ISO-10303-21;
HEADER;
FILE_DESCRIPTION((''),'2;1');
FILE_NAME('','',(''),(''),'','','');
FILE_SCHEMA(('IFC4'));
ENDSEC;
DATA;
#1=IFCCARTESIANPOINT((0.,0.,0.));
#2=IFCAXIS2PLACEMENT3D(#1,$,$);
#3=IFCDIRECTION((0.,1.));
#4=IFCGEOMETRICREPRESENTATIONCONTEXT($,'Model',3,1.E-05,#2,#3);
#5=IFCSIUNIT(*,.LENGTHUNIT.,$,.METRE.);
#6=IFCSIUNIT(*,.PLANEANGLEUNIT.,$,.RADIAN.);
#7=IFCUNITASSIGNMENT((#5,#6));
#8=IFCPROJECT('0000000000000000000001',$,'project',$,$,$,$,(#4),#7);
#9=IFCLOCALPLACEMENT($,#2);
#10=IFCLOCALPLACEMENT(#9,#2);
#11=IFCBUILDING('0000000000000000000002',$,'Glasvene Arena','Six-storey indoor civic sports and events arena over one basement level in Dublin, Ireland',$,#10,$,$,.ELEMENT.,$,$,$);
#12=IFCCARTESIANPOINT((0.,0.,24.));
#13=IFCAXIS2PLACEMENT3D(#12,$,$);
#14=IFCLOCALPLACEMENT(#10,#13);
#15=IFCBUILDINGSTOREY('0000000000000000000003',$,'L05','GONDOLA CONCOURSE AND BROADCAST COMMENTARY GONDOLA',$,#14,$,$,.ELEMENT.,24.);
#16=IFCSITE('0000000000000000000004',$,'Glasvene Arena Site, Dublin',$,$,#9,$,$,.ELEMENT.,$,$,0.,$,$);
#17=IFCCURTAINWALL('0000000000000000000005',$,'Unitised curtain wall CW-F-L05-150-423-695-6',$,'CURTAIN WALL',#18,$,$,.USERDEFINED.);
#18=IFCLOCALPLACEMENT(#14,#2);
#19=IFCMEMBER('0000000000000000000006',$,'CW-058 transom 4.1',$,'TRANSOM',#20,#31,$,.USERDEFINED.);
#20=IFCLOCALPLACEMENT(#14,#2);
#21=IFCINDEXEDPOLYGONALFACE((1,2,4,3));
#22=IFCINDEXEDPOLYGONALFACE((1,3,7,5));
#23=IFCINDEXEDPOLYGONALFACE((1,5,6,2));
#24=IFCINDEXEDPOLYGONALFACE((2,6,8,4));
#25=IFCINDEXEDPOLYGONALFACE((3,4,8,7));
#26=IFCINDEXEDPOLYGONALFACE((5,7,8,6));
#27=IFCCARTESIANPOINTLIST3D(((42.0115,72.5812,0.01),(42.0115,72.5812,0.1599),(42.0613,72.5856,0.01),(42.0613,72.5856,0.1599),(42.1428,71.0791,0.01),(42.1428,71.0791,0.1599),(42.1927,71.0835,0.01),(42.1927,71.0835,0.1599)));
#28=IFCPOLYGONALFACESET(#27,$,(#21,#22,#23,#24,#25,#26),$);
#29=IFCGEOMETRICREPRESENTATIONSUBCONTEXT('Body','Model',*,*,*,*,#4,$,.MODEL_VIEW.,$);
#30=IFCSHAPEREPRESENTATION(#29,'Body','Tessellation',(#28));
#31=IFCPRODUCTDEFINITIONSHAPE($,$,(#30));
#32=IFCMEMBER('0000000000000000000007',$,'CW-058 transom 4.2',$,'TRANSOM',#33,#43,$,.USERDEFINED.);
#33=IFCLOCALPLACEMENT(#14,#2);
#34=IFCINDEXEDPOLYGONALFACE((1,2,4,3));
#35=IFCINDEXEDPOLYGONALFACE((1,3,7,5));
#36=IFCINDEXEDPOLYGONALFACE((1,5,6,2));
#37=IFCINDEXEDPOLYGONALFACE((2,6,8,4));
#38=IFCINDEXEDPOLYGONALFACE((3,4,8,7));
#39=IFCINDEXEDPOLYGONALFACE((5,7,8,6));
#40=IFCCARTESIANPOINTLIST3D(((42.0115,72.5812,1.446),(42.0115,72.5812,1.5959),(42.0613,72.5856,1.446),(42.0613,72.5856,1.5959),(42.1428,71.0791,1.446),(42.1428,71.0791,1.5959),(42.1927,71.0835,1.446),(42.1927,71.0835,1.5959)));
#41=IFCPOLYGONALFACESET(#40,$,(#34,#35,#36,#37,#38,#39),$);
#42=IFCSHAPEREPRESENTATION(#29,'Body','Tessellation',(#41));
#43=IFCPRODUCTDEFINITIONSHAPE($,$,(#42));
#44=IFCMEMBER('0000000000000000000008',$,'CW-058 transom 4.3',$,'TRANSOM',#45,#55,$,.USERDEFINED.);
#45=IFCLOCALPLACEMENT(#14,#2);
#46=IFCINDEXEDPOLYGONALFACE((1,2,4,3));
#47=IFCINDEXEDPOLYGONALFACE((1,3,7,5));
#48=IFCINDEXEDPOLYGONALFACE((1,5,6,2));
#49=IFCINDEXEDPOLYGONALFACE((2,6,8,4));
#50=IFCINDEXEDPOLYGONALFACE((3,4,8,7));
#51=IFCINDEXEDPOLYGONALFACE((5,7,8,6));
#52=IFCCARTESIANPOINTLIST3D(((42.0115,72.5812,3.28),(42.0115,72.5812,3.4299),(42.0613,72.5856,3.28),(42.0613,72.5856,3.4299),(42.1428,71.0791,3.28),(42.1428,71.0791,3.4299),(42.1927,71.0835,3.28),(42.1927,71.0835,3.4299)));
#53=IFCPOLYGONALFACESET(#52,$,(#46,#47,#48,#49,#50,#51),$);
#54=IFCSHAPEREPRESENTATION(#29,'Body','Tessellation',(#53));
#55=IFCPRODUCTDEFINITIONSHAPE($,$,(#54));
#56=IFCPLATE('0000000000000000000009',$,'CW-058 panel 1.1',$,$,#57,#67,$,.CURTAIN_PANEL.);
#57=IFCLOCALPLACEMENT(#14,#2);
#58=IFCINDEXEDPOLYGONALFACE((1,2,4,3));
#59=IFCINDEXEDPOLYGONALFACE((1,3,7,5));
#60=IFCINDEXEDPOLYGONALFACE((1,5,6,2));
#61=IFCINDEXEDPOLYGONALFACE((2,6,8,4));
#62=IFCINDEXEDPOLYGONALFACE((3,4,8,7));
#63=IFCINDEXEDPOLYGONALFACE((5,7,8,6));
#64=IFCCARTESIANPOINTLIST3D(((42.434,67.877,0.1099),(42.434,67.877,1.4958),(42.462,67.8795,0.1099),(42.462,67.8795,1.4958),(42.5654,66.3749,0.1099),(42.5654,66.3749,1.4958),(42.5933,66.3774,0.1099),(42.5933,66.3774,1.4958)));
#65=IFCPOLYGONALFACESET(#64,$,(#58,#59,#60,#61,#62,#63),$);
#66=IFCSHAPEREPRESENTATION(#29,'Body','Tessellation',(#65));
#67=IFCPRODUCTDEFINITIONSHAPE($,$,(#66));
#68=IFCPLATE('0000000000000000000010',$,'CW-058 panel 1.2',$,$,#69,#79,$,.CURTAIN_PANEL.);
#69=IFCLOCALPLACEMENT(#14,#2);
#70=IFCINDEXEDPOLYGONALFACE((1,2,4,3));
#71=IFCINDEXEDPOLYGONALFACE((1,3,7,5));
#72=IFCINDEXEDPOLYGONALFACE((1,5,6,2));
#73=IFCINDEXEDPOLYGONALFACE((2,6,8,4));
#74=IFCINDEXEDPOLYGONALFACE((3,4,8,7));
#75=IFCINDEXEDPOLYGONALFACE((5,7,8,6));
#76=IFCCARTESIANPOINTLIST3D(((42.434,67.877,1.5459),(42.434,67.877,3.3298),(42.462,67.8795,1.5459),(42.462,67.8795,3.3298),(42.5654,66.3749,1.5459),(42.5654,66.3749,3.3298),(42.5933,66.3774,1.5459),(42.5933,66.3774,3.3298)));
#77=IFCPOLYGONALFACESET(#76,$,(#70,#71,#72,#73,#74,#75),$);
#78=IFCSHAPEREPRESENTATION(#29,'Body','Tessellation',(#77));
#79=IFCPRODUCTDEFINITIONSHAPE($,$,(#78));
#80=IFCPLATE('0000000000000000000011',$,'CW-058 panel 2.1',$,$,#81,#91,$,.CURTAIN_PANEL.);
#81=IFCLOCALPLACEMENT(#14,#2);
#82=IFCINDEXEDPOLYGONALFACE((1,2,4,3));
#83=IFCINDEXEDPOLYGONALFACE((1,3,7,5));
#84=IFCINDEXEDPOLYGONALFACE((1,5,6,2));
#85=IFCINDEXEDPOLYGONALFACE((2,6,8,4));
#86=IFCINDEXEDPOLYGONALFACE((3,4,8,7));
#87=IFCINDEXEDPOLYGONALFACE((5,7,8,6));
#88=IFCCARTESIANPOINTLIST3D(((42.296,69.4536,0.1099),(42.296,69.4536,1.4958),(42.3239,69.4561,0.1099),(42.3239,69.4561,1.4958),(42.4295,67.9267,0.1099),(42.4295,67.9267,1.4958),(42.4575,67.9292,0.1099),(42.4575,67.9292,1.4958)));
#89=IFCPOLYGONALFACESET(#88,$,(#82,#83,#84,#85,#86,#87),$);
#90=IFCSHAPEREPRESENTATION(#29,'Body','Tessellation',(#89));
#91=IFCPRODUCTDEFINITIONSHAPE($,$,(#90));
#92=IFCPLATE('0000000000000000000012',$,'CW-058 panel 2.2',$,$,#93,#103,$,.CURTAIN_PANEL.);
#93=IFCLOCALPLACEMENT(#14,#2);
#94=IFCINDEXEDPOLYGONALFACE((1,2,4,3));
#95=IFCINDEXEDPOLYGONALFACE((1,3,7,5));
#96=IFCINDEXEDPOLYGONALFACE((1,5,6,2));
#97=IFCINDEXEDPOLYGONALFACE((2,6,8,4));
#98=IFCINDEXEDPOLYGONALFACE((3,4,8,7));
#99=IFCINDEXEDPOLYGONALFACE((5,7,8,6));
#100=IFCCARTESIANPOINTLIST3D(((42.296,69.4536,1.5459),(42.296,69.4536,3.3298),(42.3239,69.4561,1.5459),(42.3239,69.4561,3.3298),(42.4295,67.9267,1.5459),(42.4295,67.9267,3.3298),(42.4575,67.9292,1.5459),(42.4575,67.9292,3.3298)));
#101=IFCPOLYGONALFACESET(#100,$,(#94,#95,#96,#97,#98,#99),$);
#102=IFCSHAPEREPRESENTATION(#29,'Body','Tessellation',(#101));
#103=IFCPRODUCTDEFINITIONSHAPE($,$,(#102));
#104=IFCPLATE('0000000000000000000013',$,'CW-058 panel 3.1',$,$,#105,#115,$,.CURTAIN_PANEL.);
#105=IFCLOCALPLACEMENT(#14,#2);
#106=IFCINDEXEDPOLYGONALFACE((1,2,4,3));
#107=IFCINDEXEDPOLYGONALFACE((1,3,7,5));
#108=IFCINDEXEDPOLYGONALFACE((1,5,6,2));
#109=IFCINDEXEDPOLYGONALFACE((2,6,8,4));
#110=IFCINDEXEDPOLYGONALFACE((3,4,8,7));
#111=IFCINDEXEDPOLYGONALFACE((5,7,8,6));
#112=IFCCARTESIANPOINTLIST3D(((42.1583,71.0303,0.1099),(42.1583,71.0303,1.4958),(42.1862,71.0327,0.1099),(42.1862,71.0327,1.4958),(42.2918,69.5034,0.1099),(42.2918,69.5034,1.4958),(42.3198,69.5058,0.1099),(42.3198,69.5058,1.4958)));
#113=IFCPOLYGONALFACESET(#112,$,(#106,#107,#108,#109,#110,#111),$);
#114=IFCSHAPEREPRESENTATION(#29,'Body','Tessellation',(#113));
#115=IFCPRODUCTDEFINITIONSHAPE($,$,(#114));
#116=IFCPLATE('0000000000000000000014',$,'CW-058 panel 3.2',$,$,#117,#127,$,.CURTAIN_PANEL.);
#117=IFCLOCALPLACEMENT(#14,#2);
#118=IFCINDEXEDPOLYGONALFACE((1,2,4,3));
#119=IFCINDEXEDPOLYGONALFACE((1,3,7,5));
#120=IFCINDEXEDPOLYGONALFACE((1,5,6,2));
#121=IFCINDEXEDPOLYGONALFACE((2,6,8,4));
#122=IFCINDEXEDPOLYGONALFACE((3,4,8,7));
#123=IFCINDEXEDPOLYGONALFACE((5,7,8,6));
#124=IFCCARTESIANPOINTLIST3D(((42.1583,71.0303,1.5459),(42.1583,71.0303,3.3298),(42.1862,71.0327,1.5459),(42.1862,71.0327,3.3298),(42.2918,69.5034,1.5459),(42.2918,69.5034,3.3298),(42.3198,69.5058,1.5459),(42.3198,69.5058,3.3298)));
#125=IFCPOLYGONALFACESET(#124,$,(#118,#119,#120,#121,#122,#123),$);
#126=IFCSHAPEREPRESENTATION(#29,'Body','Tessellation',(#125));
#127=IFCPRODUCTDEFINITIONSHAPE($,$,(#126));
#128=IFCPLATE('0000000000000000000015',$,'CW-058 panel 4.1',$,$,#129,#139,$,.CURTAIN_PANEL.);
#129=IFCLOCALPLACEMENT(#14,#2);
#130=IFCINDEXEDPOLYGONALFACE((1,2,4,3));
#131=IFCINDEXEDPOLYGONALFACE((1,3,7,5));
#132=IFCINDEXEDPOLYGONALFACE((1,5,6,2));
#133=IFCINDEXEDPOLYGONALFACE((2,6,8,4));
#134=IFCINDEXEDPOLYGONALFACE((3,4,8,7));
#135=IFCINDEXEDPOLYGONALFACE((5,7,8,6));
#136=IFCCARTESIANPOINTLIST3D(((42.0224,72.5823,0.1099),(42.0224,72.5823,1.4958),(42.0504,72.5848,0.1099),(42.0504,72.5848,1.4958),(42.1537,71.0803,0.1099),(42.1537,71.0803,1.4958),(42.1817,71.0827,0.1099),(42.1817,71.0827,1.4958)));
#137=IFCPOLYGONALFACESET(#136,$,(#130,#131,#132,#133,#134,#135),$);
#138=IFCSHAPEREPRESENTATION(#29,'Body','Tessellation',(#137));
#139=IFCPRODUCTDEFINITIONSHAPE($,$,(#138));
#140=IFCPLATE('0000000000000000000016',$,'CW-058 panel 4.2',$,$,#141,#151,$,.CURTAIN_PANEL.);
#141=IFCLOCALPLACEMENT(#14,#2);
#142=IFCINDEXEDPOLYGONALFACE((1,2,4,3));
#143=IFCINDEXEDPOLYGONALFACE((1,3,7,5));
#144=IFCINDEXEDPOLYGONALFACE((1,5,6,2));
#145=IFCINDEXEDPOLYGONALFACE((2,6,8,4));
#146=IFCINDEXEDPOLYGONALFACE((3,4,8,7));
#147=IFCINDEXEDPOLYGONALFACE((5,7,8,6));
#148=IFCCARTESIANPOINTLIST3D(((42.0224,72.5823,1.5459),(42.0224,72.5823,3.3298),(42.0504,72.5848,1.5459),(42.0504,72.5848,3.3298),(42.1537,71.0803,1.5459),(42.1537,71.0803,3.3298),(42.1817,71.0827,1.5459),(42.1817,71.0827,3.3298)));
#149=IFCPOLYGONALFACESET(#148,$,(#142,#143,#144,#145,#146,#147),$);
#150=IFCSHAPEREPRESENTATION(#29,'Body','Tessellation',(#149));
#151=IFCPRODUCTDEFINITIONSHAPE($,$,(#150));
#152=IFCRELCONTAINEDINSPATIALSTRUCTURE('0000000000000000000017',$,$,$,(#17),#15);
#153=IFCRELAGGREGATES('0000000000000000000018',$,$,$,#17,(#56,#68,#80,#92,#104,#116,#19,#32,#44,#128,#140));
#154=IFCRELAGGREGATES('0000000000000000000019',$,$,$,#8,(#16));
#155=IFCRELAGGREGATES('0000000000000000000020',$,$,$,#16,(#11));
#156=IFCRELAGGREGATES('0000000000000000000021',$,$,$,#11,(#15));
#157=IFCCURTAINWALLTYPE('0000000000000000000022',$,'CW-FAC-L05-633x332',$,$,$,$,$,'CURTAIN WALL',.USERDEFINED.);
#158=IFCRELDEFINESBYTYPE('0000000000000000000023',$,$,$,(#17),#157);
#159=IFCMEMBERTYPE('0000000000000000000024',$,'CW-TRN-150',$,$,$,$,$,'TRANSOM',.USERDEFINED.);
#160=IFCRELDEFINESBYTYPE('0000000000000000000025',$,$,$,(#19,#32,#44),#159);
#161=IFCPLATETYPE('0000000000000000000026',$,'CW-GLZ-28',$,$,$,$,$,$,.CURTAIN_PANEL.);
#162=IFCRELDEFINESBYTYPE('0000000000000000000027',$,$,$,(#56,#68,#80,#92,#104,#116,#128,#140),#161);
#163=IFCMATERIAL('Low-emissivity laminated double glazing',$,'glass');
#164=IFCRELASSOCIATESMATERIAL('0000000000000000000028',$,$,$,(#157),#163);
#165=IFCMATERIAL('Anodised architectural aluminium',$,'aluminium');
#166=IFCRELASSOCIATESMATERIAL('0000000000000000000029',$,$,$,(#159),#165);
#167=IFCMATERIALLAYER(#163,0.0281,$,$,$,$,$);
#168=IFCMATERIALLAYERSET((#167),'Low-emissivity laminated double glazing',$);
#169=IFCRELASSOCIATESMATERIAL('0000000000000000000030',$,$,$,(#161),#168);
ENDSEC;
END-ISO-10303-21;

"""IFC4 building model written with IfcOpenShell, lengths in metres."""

from ifc_helpers import new_model, si_unit, direction, frame, origin, origin_2d, place, context, subcontext, project, spatial, rectangle, extrude, material, layer, layer_set, material_profile, profile_set, type_object, element, aggregate, save


model = new_model("IFC4")

# Units and contexts
model_context = context("Model", 3, precision=1e-05, world=origin(), true_north=direction((0.0, 1.0)))
body_context = subcontext(model_context, "Body", "Model", "MODEL_VIEW")
ifc_project = project(units=[si_unit("LENGTHUNIT", "METRE"), si_unit("PLANEANGLEUNIT", "RADIAN")], contexts=[model_context])

# Site, building, storey
site_placement = place(None, origin())
site = spatial("IfcSite", under=ifc_project, at=site_placement, Name="Glasvene Arena Site, Dublin", CompositionType="ELEMENT", RefElevation=0.0)
building_placement = place(site_placement, origin())
building = spatial("IfcBuilding", under=site, at=building_placement, Name="Glasvene Arena", Description="Six-storey indoor civic sports and events arena over one basement level in Dublin, Ireland", CompositionType="ELEMENT")
storey_placement = place(building_placement, frame((0.0, 0.0, 24.0)))
storey = spatial("IfcBuildingStorey", under=building, at=storey_placement, Name="L05", Description="GONDOLA CONCOURSE AND BROADCAST COMMENTARY GONDOLA", CompositionType="ELEMENT", Elevation=24.0)

# Curtain wall, members, plates
ifc_material_1 = material(Name="Low-emissivity laminated double glazing", Category="glass")
curtain_wall_type = type_object("IfcCurtainWallType", Name="CW-FAC-L05-633x332", ElementType="CURTAIN WALL", PredefinedType="USERDEFINED", material=ifc_material_1)
curtain_wall_placement = place(storey_placement, frame((42.5835, 66.3264, 0.0)))
curtain_wall = element("IfcCurtainWall", 1, at=curtain_wall_placement, inside=storey, type_object=curtain_wall_type, Name="Unitised curtain wall CW-F-L05-150-423-695-6", ObjectType="CURTAIN WALL", PredefinedType="USERDEFINED")
ifc_material_2 = material(Name="Anodised architectural aluminium", Category="aluminium")
ifc_material_profile_1 = material_profile(ifc_material_2, rectangle(XDim=0.05, YDim=0.1499, at=origin_2d()), Name="ALU TRANSOM 50x150")
ifc_profile_set_1 = profile_set([ifc_material_profile_1], Name="Anodised architectural aluminium")
member_type_1 = type_object("IfcMemberType", Name="CW-TRN-150", ElementType="TRANSOM", PredefinedType="USERDEFINED", material=ifc_profile_set_1)
member_1_placement = place(storey_placement, frame((42.1677, 71.0813, 0.085), z_axis=(-0.087105, 0.996199, 0.0), x_axis=(-0.996199, -0.087105, 0.0)))
member_1 = element("IfcMember", 2, at=member_1_placement, type_object=member_type_1, Name="CW-058 transom 4.1", ObjectType="TRANSOM", PredefinedType="USERDEFINED", context=body_context, shape_type="SweptSolid", body=[
    extrude(rectangle(XDim=0.05, YDim=0.1499, at=origin_2d()), origin(), (0.0, 0.0, 1.0), 1.5078),
])
member_2_placement = place(storey_placement, frame((42.1677, 71.0813, 1.521), z_axis=(-0.087105, 0.996199, 0.0), x_axis=(-0.996199, -0.087105, 0.0)))
member_2 = element("IfcMember", 3, at=member_2_placement, type_object=member_type_1, Name="CW-058 transom 4.2", ObjectType="TRANSOM", PredefinedType="USERDEFINED", context=body_context, shape_type="SweptSolid", body=[
    extrude(rectangle(XDim=0.05, YDim=0.1499, at=origin_2d()), origin(), (0.0, 0.0, 1.0), 1.5078),
])
member_3_placement = place(storey_placement, frame((42.1677, 71.0813, 3.355), z_axis=(-0.087105, 0.996199, 0.0), x_axis=(-0.996199, -0.087105, 0.0)))
member_3 = element("IfcMember", 4, at=member_3_placement, type_object=member_type_1, Name="CW-058 transom 4.3", ObjectType="TRANSOM", PredefinedType="USERDEFINED", context=body_context, shape_type="SweptSolid", body=[
    extrude(rectangle(XDim=0.05, YDim=0.1499, at=origin_2d()), origin(), (0.0, 0.0, 1.0), 1.5078),
])
ifc_layer = layer(ifc_material_1, 0.0281)
ifc_layer_set = layer_set([ifc_layer], Name="Low-emissivity laminated double glazing")
plate_type = type_object("IfcPlateType", Name="CW-GLZ-28", PredefinedType="CURTAIN_PANEL", material=ifc_layer_set)
plate_1_placement = place(storey_placement, frame((42.5137, 67.1272, 0.1099), z_axis=(0.0, 0.0, 1.0), x_axis=(-0.087113, 0.996198, 0.0)))
plate_1 = element("IfcPlate", 5, at=plate_1_placement, type_object=plate_type, Name="CW-058 panel 1.1", PredefinedType="CURTAIN_PANEL", context=body_context, shape_type="SweptSolid", body=[
    extrude(rectangle(XDim=1.5078, YDim=0.0281, at=origin_2d()), origin(), (0.0, 0.0, 1.0), 1.386),
])
plate_2_placement = place(storey_placement, frame((42.5137, 67.1272, 1.5459), z_axis=(0.0, 0.0, 1.0), x_axis=(-0.087113, 0.996198, 0.0)))
plate_2 = element("IfcPlate", 6, at=plate_2_placement, type_object=plate_type, Name="CW-058 panel 1.2", PredefinedType="CURTAIN_PANEL", context=body_context, shape_type="SweptSolid", body=[
    extrude(rectangle(XDim=1.5078, YDim=0.0281, at=origin_2d()), origin(), (0.0, 0.0, 1.0), 1.7839),
])
plate_3_placement = place(storey_placement, frame((42.3767, 68.6914, 0.1099), z_axis=(0.0, 0.0, 1.0), x_axis=(-0.087113, 0.996198, 0.0)))
plate_3 = element("IfcPlate", 7, at=plate_3_placement, type_object=plate_type, Name="CW-058 panel 2.1", PredefinedType="CURTAIN_PANEL", context=body_context, shape_type="SweptSolid", body=[
    extrude(rectangle(XDim=1.5327, YDim=0.0281, at=origin_2d()), origin(), (0.0, 0.0, 1.0), 1.386),
])
plate_4_placement = place(storey_placement, frame((42.3767, 68.6914, 1.5459), z_axis=(0.0, 0.0, 1.0), x_axis=(-0.087113, 0.996198, 0.0)))
plate_4 = element("IfcPlate", 8, at=plate_4_placement, type_object=plate_type, Name="CW-058 panel 2.2", PredefinedType="CURTAIN_PANEL", context=body_context, shape_type="SweptSolid", body=[
    extrude(rectangle(XDim=1.5327, YDim=0.0281, at=origin_2d()), origin(), (0.0, 0.0, 1.0), 1.7839),
])
plate_5_placement = place(storey_placement, frame((42.239, 70.2681, 0.1099), z_axis=(0.0, 0.0, 1.0), x_axis=(-0.087113, 0.996198, 0.0)))
plate_5 = element("IfcPlate", 9, at=plate_5_placement, type_object=plate_type, Name="CW-058 panel 3.1", PredefinedType="CURTAIN_PANEL", context=body_context, shape_type="SweptSolid", body=[
    extrude(rectangle(XDim=1.5327, YDim=0.0281, at=origin_2d()), origin(), (0.0, 0.0, 1.0), 1.386),
])
plate_6_placement = place(storey_placement, frame((42.239, 70.2681, 1.5459), z_axis=(0.0, 0.0, 1.0), x_axis=(-0.087113, 0.996198, 0.0)))
plate_6 = element("IfcPlate", 10, at=plate_6_placement, type_object=plate_type, Name="CW-058 panel 3.2", PredefinedType="CURTAIN_PANEL", context=body_context, shape_type="SweptSolid", body=[
    extrude(rectangle(XDim=1.5327, YDim=0.0281, at=origin_2d()), origin(), (0.0, 0.0, 1.0), 1.7839),
])
plate_7_placement = place(storey_placement, frame((42.1021, 71.8325, 0.1099), z_axis=(0.0, 0.0, 1.0), x_axis=(-0.087113, 0.996198, 0.0)))
plate_7 = element("IfcPlate", 11, at=plate_7_placement, type_object=plate_type, Name="CW-058 panel 4.1", PredefinedType="CURTAIN_PANEL", context=body_context, shape_type="SweptSolid", body=[
    extrude(rectangle(XDim=1.5078, YDim=0.0281, at=origin_2d()), origin(), (0.0, 0.0, 1.0), 1.386),
])
plate_8_placement = place(storey_placement, frame((42.1021, 71.8325, 1.5459), z_axis=(0.0, 0.0, 1.0), x_axis=(-0.087113, 0.996198, 0.0)))
plate_8 = element("IfcPlate", 12, at=plate_8_placement, type_object=plate_type, Name="CW-058 panel 4.2", PredefinedType="CURTAIN_PANEL", context=body_context, shape_type="SweptSolid", body=[
    extrude(rectangle(XDim=1.5078, YDim=0.0281, at=origin_2d()), origin(), (0.0, 0.0, 1.0), 1.7839),
])
aggregate(curtain_wall, [plate_1, plate_2, plate_3, plate_4, plate_5, plate_6, member_1, member_2, member_3, plate_7, plate_8])

save(model, "model.ifc")
